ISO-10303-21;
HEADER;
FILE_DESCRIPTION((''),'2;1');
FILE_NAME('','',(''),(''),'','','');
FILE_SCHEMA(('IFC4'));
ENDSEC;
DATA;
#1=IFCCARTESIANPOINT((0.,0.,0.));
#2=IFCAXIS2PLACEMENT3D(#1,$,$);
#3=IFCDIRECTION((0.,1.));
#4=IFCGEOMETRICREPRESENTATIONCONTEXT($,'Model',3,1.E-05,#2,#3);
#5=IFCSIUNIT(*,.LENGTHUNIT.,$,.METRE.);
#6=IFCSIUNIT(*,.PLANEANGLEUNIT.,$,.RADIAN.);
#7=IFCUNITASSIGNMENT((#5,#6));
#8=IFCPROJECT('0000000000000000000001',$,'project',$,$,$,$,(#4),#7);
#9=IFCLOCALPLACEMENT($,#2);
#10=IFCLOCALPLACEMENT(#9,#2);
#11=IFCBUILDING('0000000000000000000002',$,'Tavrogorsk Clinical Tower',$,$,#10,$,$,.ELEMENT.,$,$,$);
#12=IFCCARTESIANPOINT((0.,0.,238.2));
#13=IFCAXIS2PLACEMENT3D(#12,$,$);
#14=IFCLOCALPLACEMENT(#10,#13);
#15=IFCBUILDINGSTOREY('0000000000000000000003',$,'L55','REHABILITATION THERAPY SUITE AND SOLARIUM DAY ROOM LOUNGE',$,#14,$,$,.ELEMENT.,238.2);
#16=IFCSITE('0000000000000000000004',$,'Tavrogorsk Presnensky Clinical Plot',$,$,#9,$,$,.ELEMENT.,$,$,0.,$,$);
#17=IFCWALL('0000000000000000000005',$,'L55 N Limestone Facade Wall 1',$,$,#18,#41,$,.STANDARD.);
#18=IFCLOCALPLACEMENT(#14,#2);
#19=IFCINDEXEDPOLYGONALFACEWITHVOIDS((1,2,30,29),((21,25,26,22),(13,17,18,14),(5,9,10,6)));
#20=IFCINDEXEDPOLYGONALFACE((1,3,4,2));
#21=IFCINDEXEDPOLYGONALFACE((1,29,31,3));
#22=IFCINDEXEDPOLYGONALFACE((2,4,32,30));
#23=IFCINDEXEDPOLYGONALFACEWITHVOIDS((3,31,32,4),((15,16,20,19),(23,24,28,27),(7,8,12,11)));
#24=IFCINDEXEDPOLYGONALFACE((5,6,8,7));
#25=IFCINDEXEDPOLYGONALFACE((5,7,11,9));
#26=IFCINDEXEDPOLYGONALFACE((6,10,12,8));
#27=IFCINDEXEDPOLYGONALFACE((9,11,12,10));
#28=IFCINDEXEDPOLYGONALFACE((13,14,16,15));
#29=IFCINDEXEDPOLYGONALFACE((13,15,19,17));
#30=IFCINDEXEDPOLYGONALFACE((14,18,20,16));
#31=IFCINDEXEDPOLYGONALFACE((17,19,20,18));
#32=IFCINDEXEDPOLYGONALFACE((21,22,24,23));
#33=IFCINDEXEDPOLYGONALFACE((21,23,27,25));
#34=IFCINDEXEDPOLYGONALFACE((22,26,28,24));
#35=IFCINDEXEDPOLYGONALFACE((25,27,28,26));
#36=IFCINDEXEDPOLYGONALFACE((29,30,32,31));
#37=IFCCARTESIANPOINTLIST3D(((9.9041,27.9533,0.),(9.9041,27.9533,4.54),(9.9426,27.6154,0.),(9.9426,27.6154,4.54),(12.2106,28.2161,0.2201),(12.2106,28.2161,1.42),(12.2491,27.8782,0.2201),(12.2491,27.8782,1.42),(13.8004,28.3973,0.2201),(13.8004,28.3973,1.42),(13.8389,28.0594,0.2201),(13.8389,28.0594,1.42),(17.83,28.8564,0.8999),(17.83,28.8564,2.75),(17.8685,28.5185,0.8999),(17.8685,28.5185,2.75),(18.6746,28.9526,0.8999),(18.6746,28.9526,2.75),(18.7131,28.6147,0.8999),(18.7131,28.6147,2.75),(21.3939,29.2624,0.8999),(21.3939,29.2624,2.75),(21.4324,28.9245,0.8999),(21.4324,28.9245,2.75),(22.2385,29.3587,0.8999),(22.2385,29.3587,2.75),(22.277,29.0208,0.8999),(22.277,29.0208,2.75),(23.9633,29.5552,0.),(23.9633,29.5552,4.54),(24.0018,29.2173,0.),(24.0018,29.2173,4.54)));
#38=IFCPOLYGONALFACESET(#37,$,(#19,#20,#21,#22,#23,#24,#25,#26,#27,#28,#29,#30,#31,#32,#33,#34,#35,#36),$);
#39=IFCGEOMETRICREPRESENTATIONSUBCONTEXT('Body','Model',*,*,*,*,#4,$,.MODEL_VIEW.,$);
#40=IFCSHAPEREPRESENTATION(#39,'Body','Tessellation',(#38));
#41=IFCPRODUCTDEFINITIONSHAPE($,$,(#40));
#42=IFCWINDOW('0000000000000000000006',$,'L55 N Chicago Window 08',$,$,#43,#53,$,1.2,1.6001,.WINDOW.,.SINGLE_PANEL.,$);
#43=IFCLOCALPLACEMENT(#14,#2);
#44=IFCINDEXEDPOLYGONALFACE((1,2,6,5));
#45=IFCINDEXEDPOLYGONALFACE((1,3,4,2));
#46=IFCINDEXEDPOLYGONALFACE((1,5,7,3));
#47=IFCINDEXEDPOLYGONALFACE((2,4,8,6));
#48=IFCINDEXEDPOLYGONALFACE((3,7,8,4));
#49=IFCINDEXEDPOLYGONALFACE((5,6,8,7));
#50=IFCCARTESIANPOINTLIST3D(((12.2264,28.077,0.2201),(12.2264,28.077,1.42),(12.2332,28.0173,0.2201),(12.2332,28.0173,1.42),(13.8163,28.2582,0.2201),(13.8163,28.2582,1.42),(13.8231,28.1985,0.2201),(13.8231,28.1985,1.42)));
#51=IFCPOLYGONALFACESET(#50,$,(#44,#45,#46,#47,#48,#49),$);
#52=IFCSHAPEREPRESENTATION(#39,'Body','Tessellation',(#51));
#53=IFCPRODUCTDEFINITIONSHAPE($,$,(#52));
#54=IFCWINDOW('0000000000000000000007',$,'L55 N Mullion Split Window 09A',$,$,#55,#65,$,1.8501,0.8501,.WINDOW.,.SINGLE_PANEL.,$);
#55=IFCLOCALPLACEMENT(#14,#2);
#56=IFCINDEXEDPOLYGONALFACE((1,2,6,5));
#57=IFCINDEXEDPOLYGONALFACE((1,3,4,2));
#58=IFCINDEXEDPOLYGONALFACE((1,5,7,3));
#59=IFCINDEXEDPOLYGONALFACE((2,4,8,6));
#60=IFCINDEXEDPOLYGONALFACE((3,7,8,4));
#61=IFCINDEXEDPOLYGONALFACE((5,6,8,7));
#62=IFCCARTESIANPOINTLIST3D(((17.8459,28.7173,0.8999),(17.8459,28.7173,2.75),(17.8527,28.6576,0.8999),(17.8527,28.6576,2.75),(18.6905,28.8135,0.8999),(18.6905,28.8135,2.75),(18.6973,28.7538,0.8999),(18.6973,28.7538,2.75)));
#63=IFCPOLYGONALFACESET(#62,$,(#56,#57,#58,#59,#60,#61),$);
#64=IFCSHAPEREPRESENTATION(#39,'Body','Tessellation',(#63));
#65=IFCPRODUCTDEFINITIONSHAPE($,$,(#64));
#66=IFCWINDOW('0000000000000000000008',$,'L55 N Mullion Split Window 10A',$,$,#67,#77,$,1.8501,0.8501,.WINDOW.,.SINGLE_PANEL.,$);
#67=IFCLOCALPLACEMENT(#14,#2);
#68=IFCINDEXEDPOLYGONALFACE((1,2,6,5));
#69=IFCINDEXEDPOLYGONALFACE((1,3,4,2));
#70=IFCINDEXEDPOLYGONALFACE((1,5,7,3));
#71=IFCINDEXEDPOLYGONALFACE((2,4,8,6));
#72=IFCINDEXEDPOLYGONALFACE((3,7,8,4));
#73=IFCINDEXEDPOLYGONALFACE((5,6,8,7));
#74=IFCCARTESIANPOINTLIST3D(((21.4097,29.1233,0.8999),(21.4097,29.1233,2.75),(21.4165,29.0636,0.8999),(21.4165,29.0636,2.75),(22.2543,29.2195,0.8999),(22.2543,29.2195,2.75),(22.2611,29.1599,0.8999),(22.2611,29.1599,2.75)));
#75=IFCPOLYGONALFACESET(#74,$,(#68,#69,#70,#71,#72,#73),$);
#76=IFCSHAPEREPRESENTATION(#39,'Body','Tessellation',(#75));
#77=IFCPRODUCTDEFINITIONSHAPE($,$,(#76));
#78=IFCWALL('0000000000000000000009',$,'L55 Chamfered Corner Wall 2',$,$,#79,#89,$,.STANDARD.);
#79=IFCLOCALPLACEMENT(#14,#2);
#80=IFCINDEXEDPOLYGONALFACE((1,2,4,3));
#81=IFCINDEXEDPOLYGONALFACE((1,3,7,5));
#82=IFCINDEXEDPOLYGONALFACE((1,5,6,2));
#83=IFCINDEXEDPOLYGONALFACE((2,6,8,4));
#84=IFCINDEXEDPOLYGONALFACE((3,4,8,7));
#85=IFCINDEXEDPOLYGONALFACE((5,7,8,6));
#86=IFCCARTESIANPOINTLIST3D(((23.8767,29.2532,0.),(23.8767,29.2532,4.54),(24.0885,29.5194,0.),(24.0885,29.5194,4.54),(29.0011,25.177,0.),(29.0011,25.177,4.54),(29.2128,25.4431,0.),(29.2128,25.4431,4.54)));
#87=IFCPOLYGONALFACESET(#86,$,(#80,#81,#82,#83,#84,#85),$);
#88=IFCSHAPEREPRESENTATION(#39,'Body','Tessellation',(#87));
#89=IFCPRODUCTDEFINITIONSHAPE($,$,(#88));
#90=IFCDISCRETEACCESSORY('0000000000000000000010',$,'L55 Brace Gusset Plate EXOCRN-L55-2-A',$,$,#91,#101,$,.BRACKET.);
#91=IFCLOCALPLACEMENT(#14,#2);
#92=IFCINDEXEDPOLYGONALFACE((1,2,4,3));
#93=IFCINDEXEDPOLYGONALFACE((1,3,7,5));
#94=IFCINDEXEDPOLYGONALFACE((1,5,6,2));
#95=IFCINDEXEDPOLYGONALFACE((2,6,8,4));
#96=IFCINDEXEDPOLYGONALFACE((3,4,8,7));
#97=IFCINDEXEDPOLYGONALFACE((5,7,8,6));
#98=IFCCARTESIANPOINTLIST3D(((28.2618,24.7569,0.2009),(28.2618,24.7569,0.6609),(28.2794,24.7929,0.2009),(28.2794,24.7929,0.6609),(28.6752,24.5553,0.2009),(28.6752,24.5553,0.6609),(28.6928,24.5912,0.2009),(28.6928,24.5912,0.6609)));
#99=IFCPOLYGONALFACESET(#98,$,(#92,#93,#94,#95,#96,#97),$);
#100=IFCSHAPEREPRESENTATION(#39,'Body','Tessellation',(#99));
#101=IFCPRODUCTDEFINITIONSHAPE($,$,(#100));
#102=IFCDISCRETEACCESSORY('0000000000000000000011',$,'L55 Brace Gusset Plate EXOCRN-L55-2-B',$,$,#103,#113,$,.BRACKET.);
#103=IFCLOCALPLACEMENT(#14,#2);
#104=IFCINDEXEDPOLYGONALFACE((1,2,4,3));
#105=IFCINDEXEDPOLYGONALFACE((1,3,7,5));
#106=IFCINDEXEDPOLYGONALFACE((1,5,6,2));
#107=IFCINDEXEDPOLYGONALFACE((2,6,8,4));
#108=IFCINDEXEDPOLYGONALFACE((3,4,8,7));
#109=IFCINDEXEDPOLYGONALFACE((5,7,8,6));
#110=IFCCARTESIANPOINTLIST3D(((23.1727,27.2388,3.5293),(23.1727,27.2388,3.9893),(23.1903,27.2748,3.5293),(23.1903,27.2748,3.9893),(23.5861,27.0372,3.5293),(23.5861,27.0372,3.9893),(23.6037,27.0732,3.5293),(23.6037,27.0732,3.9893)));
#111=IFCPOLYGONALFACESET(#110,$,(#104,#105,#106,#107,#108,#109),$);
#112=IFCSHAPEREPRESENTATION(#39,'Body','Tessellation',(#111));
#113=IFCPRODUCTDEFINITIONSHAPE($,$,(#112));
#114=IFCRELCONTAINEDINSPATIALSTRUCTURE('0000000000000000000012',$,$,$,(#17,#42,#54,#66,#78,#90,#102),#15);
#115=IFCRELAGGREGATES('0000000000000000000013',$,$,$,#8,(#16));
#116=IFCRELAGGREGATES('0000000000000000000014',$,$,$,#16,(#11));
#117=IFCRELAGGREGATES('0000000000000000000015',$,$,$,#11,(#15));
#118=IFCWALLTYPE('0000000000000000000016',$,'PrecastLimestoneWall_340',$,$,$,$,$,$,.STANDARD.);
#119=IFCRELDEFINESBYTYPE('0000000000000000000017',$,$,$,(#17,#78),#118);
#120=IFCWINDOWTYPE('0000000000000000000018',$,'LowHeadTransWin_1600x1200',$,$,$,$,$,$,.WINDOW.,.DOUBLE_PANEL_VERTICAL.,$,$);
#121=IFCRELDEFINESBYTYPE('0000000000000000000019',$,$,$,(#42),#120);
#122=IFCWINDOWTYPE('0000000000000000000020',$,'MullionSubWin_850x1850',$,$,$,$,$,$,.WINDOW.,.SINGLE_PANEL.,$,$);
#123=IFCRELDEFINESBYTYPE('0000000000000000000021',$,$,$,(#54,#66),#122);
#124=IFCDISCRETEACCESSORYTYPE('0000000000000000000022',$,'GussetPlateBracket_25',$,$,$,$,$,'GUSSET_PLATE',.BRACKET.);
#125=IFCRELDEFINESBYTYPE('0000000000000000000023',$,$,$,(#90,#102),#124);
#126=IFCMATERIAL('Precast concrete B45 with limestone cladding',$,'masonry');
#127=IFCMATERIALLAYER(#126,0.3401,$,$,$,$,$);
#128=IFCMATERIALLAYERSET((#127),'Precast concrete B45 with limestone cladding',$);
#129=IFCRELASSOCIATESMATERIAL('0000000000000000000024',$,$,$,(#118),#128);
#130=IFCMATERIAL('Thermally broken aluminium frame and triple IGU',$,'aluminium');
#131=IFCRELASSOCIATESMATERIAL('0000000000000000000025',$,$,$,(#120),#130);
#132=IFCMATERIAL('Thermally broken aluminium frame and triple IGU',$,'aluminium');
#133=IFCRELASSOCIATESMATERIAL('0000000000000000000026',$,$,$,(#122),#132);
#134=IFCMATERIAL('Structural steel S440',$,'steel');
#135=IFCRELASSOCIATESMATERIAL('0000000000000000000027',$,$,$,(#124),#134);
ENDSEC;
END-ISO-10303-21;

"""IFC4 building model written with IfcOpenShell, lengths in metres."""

from ifc_helpers import new_model, si_unit, direction, frame, frame_2d, origin, origin_2d, place, context, subcontext, project, spatial, rectangle, extrude, material, layer, layer_set, type_object, element, fill, save


model = new_model("IFC4")

# Units and contexts
model_context = context("Model", 3, precision=1e-05, world=origin(), true_north=direction((0.0, 1.0)))
body_context = subcontext(model_context, "Body", "Model", "MODEL_VIEW")
ifc_project = project(units=[si_unit("LENGTHUNIT", "METRE"), si_unit("PLANEANGLEUNIT", "RADIAN")], contexts=[model_context])

# Site, building, storey
site_placement = place(None, origin())
site = spatial("IfcSite", under=ifc_project, at=site_placement, Name="Tavrogorsk Presnensky Clinical Plot", CompositionType="ELEMENT", RefElevation=0.0)
building_placement = place(site_placement, origin())
building = spatial("IfcBuilding", under=site, at=building_placement, Name="Tavrogorsk Clinical Tower", CompositionType="ELEMENT")
storey_placement = place(building_placement, frame((0.0, 0.0, 238.2)))
storey = spatial("IfcBuildingStorey", under=building, at=storey_placement, Name="L55", Description="REHABILITATION THERAPY SUITE AND SOLARIUM DAY ROOM LOUNGE", CompositionType="ELEMENT", Elevation=238.2)

# Wall, openings, windows
ifc_material_1 = material(Name="Precast concrete B45 with limestone cladding", Category="masonry")
ifc_layer_1 = layer(ifc_material_1, 0.3401)
ifc_layer_set_1 = layer_set([ifc_layer_1], Name="Precast concrete B45 with limestone cladding")
wall_type_1 = type_object("IfcWallType", Name="PrecastLimestoneWall_340", PredefinedType="STANDARD", material=ifc_layer_set_1)
wall_1_placement = place(storey_placement, frame((23.9827, 29.3862, 0.0), z_axis=(0.0, 0.0, 1.0), x_axis=(-0.993572, -0.113202, 0.0)))
wall_1 = element("IfcWall", 1, at=wall_1_placement, inside=storey, type_object=wall_type_1, Name="L55 N Limestone Facade Wall 1", PredefinedType="STANDARD", context=body_context, shape_type="SweptSolid", body=[
    extrude(rectangle(XDim=14.1501, YDim=0.3401, at=frame_2d((7.0752, 0.0))), origin(), (0.0, 0.0, 1.0), 4.54),
])
opening_1_placement = place(wall_1_placement, frame((10.2288, 0.0, 0.22)))
opening_1 = element("IfcOpeningElement", 2, at=opening_1_placement, cuts=wall_1, PredefinedType="OPENING", context=body_context, shape_type="SweptSolid", body=[
    extrude(rectangle(XDim=1.6001, YDim=1.2, at=frame_2d((0.8, 0.6001))), frame((0.0, 0.1799, 0.0), z_axis=(0.0, -1.0, 0.0), x_axis=(1.0, 0.0, 0.0)), (0.0, 0.0, 1.0), 0.3601),
])
opening_2_placement = place(wall_1_placement, frame((5.323, 0.0, 0.8999)))
opening_2 = element("IfcOpeningElement", 3, at=opening_2_placement, cuts=wall_1, PredefinedType="OPENING", context=body_context, shape_type="SweptSolid", body=[
    extrude(rectangle(XDim=0.8501, YDim=1.8501, at=frame_2d((0.425, 0.925))), frame((0.0, 0.1799, 0.0), z_axis=(0.0, -1.0, 0.0), x_axis=(1.0, 0.0, 0.0)), (0.0, 0.0, 1.0), 0.3601),
])
opening_3_placement = place(wall_1_placement, frame((1.7361, 0.0, 0.8999)))
opening_3 = element("IfcOpeningElement", 4, at=opening_3_placement, cuts=wall_1, PredefinedType="OPENING", context=body_context, shape_type="SweptSolid", body=[
    extrude(rectangle(XDim=0.8501, YDim=1.8501, at=frame_2d((0.425, 0.925))), frame((0.0, 0.1799, 0.0), z_axis=(0.0, -1.0, 0.0), x_axis=(1.0, 0.0, 0.0)), (0.0, 0.0, 1.0), 0.3601),
])
ifc_material_2 = material(Name="Thermally broken aluminium frame and triple IGU", Category="aluminium")
window_type_1 = type_object("IfcWindowType", Name="LowHeadTransWin_1600x1200", PartitioningType="DOUBLE_PANEL_VERTICAL", PredefinedType="WINDOW", material=ifc_material_2)
window_1_placement = place(opening_1_placement, origin())
window_1 = element("IfcWindow", 5, at=window_1_placement, inside=storey, type_object=window_type_1, Name="L55 N Chicago Window 08", OverallHeight=1.2, OverallWidth=1.6001, PartitioningType="SINGLE_PANEL", PredefinedType="WINDOW", context=body_context, shape_type="SweptSolid", body=[
    extrude(rectangle(XDim=1.6001, YDim=1.2, at=frame_2d((0.8, 0.6001))), frame((0.0, 0.03, 0.0), z_axis=(0.0, -1.0, 0.0), x_axis=(1.0, 0.0, 0.0)), (0.0, 0.0, 1.0), 0.0601),
])
fill(opening_1, window_1)
ifc_material_3 = material(Name="Thermally broken aluminium frame and triple IGU", Category="aluminium")
window_type_2 = type_object("IfcWindowType", Name="MullionSubWin_850x1850", PartitioningType="SINGLE_PANEL", PredefinedType="WINDOW", material=ifc_material_3)
window_2_placement = place(opening_2_placement, origin())
window_2 = element("IfcWindow", 6, at=window_2_placement, inside=storey, type_object=window_type_2, Name="L55 N Mullion Split Window 09A", OverallHeight=1.8501, OverallWidth=0.8501, PartitioningType="SINGLE_PANEL", PredefinedType="WINDOW", context=body_context, shape_type="SweptSolid", body=[
    extrude(rectangle(XDim=0.8501, YDim=1.8501, at=frame_2d((0.425, 0.925))), frame((0.0, 0.03, 0.0), z_axis=(0.0, -1.0, 0.0), x_axis=(1.0, 0.0, 0.0)), (0.0, 0.0, 1.0), 0.0601),
])
fill(opening_2, window_2)
window_3_placement = place(opening_3_placement, origin())
window_3 = element("IfcWindow", 7, at=window_3_placement, inside=storey, type_object=window_type_2, Name="L55 N Mullion Split Window 10A", OverallHeight=1.8501, OverallWidth=0.8501, PartitioningType="SINGLE_PANEL", PredefinedType="WINDOW", context=body_context, shape_type="SweptSolid", body=[
    extrude(rectangle(XDim=0.8501, YDim=1.8501, at=frame_2d((0.425, 0.925))), frame((0.0, 0.03, 0.0), z_axis=(0.0, -1.0, 0.0), x_axis=(1.0, 0.0, 0.0)), (0.0, 0.0, 1.0), 0.0601),
])
fill(opening_3, window_3)

# Wall
wall_2_placement = place(storey_placement, frame((29.1069, 25.3101, 0.0), z_axis=(0.0, 0.0, 1.0), x_axis=(-0.782597, 0.622528, 0.0)))
element("IfcWall", 8, at=wall_2_placement, inside=storey, type_object=wall_type_1, Name="L55 Chamfered Corner Wall 2", PredefinedType="STANDARD", context=body_context, shape_type="SweptSolid", body=[
    extrude(rectangle(XDim=6.5479, YDim=0.3401, at=frame_2d((3.2739, 0.0))), origin(), (0.0, 0.0, 1.0), 4.54),
])

# Discrete accessories
ifc_material_4 = material(Name="Structural steel S440", Category="steel")
discrete_accessory_type = type_object("IfcDiscreteAccessoryType", Name="GussetPlateBracket_25", ElementType="GUSSET_PLATE", PredefinedType="BRACKET", material=ifc_material_4)
for number, where, z_axis, x_axis, name in (
    (9, (28.4773, 24.6741, 0.2009), (0.0, 0.0, 1.0), (-0.898794, 0.438371, 0.0), "L55 Brace Gusset Plate EXOCRN-L55-2-A"),
    (10, (23.3882, 27.156, 3.5293), (0.0, 0.0, 1.0), (-0.898794, 0.438371, 0.0), "L55 Brace Gusset Plate EXOCRN-L55-2-B"),
):
    element("IfcDiscreteAccessory", number, at=place(storey_placement, frame(where, z_axis=z_axis, x_axis=x_axis)), inside=storey, type_object=discrete_accessory_type, Name=name, PredefinedType="BRACKET", context=body_context, shape_type="SweptSolid", body=[
        extrude(rectangle(XDim=0.46, YDim=0.04, at=origin_2d()), origin(), (0.0, 0.0, 1.0), 0.46),
    ])

save(model, "model.ifc")
